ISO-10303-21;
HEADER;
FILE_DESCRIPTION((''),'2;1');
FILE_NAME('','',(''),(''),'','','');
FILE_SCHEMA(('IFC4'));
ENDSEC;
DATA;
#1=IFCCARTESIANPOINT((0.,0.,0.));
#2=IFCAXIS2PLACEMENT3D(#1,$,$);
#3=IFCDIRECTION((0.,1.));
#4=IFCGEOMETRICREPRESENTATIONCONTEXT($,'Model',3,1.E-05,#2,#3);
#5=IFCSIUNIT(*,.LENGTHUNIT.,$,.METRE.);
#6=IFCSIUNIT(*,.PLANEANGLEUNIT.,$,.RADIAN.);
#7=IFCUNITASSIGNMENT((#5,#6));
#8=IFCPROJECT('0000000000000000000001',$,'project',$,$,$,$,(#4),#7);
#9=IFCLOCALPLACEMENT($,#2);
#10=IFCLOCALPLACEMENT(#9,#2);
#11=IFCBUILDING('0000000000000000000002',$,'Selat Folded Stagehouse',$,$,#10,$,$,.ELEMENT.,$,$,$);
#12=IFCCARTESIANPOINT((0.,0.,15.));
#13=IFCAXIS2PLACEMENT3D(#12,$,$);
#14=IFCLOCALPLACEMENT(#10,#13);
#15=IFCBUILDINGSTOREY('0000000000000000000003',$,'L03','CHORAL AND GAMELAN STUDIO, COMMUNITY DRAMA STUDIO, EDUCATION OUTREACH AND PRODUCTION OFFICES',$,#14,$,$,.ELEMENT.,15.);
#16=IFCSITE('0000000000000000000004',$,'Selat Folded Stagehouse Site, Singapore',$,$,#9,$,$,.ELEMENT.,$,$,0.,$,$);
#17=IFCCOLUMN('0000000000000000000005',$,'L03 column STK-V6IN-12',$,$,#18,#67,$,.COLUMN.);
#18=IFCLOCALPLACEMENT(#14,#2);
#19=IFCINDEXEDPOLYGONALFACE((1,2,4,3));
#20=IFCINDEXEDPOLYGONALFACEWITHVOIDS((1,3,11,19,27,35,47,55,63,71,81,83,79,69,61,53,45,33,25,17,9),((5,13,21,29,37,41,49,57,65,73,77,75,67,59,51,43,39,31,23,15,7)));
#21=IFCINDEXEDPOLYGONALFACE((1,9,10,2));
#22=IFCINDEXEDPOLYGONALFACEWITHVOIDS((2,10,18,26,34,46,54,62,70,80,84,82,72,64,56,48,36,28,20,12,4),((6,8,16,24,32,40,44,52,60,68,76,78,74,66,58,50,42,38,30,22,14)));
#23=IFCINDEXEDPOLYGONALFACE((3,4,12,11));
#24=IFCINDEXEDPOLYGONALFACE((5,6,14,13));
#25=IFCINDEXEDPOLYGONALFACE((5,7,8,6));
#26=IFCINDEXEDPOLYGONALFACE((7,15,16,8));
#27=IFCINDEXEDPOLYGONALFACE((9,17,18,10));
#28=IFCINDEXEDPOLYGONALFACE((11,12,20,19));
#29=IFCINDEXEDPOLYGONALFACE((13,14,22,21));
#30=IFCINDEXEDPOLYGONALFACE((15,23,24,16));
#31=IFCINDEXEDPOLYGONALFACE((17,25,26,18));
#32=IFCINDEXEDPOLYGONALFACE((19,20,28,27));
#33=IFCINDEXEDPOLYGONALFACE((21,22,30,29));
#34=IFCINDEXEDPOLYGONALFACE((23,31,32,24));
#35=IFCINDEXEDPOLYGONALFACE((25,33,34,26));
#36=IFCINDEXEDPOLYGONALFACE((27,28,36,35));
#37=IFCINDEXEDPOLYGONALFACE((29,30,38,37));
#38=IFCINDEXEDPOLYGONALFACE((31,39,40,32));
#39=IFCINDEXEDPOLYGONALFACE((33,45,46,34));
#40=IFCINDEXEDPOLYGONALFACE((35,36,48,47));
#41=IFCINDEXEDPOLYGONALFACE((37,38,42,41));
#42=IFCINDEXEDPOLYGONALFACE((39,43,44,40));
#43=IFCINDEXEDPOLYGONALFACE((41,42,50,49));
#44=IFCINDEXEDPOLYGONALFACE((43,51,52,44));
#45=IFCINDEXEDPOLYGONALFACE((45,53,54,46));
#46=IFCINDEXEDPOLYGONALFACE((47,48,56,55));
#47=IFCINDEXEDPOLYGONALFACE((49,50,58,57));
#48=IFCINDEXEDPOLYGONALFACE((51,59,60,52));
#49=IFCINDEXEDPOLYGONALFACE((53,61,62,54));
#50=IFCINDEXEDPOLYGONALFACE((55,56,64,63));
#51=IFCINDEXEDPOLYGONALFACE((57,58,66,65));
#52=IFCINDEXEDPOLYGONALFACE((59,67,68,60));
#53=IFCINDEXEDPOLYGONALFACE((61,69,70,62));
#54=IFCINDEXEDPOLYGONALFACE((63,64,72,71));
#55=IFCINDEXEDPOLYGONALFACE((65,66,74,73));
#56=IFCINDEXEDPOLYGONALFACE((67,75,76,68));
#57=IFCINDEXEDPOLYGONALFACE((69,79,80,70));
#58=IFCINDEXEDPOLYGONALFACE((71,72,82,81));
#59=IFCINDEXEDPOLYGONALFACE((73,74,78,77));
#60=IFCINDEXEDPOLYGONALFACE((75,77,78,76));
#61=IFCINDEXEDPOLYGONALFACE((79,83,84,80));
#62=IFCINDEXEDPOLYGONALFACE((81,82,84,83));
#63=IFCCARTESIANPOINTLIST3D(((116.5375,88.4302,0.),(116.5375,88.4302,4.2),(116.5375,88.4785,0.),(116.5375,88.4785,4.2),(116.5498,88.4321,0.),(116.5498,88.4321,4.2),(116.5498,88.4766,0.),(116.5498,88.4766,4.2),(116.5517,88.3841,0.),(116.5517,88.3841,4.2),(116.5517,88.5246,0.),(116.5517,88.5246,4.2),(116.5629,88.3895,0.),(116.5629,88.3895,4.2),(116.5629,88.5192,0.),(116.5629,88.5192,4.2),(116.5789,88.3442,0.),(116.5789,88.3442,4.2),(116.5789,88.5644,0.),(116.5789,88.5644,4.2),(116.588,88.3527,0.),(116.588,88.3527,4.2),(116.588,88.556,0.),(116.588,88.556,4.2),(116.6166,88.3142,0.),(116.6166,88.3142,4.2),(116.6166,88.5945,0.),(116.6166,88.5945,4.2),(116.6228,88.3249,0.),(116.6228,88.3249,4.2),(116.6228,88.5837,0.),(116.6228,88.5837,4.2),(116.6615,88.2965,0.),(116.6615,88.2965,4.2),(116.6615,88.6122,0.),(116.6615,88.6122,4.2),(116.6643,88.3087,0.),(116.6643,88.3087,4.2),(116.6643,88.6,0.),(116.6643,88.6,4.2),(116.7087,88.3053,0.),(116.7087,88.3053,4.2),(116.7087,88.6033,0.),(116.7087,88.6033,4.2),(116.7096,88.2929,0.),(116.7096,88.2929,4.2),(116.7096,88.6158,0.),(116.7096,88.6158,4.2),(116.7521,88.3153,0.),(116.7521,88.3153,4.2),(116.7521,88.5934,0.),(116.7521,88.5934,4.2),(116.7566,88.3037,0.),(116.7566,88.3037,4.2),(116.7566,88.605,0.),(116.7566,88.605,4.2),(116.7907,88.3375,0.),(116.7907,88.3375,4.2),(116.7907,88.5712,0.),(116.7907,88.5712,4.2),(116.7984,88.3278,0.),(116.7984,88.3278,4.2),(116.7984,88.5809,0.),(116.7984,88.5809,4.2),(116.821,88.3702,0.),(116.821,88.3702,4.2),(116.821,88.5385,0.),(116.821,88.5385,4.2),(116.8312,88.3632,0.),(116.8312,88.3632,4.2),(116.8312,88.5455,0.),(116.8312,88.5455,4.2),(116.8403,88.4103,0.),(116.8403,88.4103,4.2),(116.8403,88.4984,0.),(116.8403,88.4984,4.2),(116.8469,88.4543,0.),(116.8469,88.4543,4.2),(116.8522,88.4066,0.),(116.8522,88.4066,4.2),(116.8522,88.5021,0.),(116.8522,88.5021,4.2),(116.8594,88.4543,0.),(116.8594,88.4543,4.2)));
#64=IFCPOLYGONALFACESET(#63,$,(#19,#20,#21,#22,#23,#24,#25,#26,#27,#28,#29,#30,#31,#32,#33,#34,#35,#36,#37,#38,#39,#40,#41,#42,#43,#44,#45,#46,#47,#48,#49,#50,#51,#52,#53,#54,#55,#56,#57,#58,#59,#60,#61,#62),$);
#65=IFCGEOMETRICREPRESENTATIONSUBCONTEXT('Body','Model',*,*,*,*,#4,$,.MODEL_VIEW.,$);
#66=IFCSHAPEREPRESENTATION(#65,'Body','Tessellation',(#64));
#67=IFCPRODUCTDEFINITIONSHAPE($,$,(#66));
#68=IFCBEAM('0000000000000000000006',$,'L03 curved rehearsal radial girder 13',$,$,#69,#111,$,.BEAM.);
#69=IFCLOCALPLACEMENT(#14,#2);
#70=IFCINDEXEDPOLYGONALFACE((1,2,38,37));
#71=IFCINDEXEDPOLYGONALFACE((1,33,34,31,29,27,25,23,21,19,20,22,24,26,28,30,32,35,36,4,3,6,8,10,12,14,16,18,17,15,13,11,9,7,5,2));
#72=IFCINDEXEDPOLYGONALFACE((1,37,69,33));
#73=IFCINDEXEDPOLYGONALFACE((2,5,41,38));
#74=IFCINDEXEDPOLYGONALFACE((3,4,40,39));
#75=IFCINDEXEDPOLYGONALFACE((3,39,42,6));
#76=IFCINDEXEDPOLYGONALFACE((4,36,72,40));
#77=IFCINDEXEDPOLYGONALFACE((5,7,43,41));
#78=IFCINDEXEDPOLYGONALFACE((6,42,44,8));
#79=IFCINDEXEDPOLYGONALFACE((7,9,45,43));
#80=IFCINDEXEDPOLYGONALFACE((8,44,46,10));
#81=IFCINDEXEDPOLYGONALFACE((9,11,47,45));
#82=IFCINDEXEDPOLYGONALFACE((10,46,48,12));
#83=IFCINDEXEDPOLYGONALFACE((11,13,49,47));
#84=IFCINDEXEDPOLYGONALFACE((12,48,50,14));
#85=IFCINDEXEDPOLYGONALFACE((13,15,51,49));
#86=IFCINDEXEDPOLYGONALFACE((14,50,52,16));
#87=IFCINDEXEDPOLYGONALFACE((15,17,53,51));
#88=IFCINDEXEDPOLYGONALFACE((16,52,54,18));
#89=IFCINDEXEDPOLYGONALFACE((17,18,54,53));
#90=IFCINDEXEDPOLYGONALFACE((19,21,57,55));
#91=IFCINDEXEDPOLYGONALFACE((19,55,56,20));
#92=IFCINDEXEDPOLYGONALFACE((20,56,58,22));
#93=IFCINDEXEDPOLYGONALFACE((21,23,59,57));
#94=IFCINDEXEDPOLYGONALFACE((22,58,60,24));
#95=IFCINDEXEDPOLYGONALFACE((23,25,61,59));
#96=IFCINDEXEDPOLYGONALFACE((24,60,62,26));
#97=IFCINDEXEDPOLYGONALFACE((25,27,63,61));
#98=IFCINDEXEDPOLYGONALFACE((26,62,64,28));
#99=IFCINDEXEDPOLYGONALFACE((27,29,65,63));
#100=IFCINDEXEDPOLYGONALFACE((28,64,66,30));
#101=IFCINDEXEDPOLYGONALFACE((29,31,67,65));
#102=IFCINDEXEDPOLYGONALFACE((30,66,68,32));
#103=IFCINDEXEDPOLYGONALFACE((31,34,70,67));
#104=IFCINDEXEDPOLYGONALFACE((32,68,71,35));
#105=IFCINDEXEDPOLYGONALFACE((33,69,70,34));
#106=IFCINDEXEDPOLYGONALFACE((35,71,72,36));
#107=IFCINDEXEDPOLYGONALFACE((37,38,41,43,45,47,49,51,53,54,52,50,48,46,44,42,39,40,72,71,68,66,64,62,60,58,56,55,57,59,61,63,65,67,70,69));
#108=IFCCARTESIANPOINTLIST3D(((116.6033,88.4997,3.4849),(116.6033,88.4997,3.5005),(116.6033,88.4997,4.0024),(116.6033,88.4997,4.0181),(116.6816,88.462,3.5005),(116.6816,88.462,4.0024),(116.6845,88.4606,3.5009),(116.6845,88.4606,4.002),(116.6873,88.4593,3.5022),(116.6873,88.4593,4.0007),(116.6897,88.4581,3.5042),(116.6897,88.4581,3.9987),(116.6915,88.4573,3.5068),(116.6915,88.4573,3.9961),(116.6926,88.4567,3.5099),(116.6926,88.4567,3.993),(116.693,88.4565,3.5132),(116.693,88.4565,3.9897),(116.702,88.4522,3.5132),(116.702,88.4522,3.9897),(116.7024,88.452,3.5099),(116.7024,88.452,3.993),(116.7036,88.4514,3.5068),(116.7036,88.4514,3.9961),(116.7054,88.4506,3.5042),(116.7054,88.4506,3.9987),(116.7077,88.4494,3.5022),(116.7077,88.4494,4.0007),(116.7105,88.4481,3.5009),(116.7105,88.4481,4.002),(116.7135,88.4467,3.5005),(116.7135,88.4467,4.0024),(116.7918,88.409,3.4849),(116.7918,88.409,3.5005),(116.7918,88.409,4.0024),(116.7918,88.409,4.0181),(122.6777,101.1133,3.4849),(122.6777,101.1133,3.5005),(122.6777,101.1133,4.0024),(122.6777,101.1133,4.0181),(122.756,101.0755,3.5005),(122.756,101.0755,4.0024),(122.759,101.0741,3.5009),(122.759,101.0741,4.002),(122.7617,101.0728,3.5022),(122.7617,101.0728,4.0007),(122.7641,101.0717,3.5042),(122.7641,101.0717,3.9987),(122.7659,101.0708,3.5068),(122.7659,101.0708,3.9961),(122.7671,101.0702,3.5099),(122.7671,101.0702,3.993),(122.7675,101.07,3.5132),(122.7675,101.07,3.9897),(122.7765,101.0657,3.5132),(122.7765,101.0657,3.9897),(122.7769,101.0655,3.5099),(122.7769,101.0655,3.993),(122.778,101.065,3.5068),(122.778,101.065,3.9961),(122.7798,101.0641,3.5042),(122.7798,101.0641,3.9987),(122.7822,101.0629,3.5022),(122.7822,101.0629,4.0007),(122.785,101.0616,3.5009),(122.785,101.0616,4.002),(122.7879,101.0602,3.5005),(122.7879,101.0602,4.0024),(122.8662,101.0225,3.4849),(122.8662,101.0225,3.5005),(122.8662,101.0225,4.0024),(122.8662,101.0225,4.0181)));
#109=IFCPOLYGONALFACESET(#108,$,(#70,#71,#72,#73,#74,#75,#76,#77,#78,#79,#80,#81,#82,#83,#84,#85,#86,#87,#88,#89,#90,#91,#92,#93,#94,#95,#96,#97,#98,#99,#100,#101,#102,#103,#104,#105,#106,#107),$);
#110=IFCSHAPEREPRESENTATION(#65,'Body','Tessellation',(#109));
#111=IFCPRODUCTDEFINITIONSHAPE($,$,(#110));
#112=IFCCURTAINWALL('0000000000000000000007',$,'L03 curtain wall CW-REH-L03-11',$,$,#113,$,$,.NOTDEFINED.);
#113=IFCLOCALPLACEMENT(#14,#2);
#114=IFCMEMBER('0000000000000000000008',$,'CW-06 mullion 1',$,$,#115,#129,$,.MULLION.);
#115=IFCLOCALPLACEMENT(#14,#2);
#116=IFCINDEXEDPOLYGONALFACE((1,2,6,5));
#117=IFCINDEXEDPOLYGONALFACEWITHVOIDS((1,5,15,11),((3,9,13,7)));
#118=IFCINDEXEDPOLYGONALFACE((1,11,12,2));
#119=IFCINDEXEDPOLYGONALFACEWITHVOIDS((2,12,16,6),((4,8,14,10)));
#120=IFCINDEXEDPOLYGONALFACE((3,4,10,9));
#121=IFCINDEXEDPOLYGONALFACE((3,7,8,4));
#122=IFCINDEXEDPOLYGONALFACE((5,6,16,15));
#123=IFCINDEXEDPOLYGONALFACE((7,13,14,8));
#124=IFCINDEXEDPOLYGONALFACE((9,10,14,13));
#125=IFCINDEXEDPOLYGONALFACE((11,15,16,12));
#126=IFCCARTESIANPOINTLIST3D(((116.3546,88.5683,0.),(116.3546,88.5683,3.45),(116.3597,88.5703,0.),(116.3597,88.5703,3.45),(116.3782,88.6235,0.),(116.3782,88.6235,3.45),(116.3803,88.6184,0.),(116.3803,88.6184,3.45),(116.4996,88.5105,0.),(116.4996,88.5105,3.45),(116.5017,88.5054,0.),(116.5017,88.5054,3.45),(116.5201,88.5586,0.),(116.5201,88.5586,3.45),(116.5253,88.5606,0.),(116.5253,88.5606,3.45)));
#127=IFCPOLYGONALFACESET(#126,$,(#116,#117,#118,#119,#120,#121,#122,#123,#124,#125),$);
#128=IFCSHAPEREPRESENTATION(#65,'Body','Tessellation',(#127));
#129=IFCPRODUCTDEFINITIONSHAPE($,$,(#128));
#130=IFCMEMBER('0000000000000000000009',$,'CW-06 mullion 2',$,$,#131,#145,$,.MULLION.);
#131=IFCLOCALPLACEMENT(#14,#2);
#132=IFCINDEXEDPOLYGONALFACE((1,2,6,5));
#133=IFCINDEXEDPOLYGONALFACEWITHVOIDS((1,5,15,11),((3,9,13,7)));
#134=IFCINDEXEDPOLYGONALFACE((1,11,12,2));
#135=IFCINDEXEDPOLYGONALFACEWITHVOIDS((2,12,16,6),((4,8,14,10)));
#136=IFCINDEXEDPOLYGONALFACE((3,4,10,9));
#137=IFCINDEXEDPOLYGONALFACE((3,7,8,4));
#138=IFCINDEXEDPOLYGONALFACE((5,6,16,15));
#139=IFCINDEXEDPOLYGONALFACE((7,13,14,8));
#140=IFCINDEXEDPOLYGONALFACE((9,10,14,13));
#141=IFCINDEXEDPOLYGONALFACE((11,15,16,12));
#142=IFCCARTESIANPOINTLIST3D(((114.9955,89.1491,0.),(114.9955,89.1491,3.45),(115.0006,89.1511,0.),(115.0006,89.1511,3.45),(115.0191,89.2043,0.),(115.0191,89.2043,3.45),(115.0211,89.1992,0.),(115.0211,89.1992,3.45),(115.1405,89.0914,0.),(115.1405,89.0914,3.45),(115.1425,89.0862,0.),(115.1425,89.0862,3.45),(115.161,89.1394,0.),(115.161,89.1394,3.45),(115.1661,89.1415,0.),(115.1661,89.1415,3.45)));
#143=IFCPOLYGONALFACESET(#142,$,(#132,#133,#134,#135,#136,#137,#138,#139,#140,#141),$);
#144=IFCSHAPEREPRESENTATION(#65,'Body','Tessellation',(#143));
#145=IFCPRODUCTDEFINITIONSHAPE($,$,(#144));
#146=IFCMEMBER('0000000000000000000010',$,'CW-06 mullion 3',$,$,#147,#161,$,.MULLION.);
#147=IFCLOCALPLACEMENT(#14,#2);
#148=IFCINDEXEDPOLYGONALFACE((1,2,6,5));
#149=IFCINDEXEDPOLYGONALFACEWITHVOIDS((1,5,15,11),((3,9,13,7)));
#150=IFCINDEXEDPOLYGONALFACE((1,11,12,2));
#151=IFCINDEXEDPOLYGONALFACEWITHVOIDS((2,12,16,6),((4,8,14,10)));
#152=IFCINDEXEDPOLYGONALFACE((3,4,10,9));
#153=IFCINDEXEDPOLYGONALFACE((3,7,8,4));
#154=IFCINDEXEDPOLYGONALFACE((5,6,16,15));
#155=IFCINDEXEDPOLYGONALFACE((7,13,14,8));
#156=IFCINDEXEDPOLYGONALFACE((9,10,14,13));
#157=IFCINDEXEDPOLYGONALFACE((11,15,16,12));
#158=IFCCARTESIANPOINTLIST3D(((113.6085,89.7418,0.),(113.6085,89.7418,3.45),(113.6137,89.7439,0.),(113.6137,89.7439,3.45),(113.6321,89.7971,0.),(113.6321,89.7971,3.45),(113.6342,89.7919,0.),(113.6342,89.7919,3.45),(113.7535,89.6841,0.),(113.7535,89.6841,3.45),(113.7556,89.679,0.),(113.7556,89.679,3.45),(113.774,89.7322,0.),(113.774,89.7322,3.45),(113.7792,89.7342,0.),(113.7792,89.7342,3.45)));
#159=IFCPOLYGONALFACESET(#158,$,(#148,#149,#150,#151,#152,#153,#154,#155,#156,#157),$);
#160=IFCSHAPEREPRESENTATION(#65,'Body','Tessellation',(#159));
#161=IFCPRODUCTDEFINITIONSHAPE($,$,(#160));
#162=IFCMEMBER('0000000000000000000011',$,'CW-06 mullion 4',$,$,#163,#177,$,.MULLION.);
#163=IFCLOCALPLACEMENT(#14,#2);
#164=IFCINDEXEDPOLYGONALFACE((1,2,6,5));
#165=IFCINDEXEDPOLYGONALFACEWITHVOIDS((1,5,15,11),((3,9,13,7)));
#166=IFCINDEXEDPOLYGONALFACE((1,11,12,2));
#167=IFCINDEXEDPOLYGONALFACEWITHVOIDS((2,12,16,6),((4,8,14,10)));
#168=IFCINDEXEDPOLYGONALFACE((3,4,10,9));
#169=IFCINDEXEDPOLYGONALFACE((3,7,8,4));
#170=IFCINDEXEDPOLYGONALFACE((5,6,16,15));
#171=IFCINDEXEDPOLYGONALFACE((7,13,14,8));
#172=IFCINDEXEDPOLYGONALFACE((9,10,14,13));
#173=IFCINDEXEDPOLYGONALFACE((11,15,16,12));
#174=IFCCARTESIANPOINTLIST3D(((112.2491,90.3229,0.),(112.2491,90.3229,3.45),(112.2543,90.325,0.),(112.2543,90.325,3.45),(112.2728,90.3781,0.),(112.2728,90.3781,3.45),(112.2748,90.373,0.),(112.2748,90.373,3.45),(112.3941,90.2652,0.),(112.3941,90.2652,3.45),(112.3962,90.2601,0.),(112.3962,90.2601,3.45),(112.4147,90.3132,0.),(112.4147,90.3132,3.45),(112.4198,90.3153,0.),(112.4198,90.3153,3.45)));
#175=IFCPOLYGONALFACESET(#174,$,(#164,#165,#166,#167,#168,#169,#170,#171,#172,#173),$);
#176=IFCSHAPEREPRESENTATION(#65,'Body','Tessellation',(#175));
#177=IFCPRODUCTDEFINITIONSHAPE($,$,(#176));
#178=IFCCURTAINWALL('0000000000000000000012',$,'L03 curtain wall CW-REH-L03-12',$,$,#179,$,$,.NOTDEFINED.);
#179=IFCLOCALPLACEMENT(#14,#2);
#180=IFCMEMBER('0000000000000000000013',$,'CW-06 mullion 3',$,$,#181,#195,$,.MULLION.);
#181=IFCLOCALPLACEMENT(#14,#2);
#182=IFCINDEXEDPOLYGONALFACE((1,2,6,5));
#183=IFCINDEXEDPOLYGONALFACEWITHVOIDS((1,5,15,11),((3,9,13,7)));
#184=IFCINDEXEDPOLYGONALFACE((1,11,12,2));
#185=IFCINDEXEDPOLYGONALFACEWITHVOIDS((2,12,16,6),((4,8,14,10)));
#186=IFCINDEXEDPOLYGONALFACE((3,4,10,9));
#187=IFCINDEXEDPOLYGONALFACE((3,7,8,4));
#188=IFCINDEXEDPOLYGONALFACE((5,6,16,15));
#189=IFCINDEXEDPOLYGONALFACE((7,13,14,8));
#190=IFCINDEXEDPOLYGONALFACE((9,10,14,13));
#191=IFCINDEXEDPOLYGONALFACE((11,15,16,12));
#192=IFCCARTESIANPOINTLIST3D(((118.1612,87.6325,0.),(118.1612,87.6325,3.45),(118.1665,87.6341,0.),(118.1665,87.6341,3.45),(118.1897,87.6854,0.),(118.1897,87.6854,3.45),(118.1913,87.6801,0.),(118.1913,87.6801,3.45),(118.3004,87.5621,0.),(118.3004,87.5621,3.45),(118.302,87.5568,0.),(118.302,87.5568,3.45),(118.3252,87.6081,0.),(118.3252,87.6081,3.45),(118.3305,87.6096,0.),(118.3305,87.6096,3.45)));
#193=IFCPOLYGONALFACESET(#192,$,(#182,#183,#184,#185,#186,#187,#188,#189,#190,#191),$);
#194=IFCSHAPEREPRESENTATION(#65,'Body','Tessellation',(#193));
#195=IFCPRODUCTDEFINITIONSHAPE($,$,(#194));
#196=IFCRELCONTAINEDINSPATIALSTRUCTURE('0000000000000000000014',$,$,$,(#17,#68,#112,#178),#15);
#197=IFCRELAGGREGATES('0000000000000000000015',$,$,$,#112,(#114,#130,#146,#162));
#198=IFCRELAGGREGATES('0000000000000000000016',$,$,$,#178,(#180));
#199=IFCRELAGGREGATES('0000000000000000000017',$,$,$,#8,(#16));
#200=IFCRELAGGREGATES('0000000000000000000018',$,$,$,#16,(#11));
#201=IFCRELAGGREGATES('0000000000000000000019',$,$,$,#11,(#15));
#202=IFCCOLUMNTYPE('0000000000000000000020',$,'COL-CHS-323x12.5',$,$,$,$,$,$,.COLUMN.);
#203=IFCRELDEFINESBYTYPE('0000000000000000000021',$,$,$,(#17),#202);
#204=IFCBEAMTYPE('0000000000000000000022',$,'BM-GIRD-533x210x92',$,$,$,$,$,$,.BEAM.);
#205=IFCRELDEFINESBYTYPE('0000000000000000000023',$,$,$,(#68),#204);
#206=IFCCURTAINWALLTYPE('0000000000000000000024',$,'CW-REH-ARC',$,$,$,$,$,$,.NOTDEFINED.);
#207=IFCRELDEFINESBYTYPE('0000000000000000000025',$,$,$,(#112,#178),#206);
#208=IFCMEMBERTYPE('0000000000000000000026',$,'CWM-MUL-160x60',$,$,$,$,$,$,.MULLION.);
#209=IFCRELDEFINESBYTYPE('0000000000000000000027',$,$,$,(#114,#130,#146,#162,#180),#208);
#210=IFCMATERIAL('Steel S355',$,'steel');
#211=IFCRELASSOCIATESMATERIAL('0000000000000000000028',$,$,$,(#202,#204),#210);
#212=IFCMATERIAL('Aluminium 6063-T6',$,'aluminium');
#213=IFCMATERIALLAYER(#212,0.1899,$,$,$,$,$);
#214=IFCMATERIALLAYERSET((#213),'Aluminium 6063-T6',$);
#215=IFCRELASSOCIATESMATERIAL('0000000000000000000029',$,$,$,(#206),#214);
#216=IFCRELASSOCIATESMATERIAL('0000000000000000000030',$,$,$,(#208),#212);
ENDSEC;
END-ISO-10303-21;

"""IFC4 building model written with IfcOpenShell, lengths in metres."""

from ifc_helpers import new_model, si_unit, direction, frame, origin, origin_2d, place, context, subcontext, project, spatial, hollow_rectangle, hollow_circle, i_section, extrude, material, layer, layer_set, material_profile, profile_set, type_object, element, aggregate, save


model = new_model("IFC4")

# Units and contexts
model_context = context("Model", 3, precision=1e-05, world=origin(), true_north=direction((0.0, 1.0)))
body_context = subcontext(model_context, "Body", "Model", "MODEL_VIEW")
ifc_project = project(units=[si_unit("LENGTHUNIT", "METRE"), si_unit("PLANEANGLEUNIT", "RADIAN")], contexts=[model_context])

# Site, building, storey
site_placement = place(None, origin())
site = spatial("IfcSite", under=ifc_project, at=site_placement, Name="Selat Folded Stagehouse Site, Singapore", CompositionType="ELEMENT", RefElevation=0.0)
building_placement = place(site_placement, origin())
building = spatial("IfcBuilding", under=site, at=building_placement, Name="Selat Folded Stagehouse", CompositionType="ELEMENT")
storey_placement = place(building_placement, frame((0.0, 0.0, 15.0)))
storey = spatial("IfcBuildingStorey", under=building, at=storey_placement, Name="L03", Description="CHORAL AND GAMELAN STUDIO, COMMUNITY DRAMA STUDIO, EDUCATION OUTREACH AND PRODUCTION OFFICES", CompositionType="ELEMENT", Elevation=15.0)

# Column
ifc_material_1 = material(Name="Steel S355", Category="steel")
ifc_material_profile_1 = material_profile(ifc_material_1, hollow_circle(Radius=0.1619, WallThickness=0.0125, at=origin_2d()), Name="CHS 323.9x12.5")
ifc_profile_set_1 = profile_set([ifc_material_profile_1], Name="Steel S355")
column_type = type_object("IfcColumnType", Name="COL-CHS-323x12.5", PredefinedType="COLUMN", material=ifc_profile_set_1)
column_placement = place(storey_placement, frame((116.6975, 88.4543, 0.0), z_axis=(0.0, 0.0, 1.0), x_axis=(1.0, 0.0, 0.0)))
element("IfcColumn", 1, at=column_placement, inside=storey, type_object=column_type, Name="L03 column STK-V6IN-12", PredefinedType="COLUMN", context=body_context, shape_type="SweptSolid", body=[
    extrude(hollow_circle(Radius=0.1619, WallThickness=0.0125, at=origin_2d()), origin(), (0.0, 0.0, 1.0), 4.2),
])

# Beam
ifc_material_profile_2 = material_profile(ifc_material_1, i_section(OverallWidth=0.2092, OverallDepth=0.5332, WebThickness=0.01, FlangeThickness=0.0156, FilletRadius=0.0127, at=origin_2d()), Name="UKB 533x210x92")
ifc_profile_set_2 = profile_set([ifc_material_profile_2], Name="Steel S355")
beam_type_1 = type_object("IfcBeamType", Name="BM-GIRD-533x210x92", PredefinedType="BEAM", material=ifc_profile_set_2)
beam_1_placement = place(storey_placement, frame((116.6975, 88.4543, 3.7515), z_axis=(0.43389, 0.900966, 0.0), x_axis=(-0.900966, 0.43389, 0.0)))
element("IfcBeam", 2, at=beam_1_placement, inside=storey, type_object=beam_type_1, Name="L03 curved rehearsal radial girder 13", PredefinedType="BEAM", context=body_context, shape_type="SweptSolid", body=[
    extrude(i_section(OverallWidth=0.2092, OverallDepth=0.5332, WebThickness=0.01, FlangeThickness=0.0156, FilletRadius=0.0127, at=origin_2d()), origin(), (0.0, 0.0, 1.0), 14.0),
])

# Curtain walls, members
ifc_material_2 = material(Name="Aluminium 6063-T6", Category="aluminium")
ifc_layer_1 = layer(ifc_material_2, 0.1899)
ifc_layer_set_1 = layer_set([ifc_layer_1], Name="Aluminium 6063-T6")
curtain_wall_type = type_object("IfcCurtainWallType", Name="CW-REH-ARC", PredefinedType="NOTDEFINED", material=ifc_layer_set_1)
curtain_wall_1_placement = place(storey_placement, origin())
curtain_wall_1 = element("IfcCurtainWall", 3, at=curtain_wall_1_placement, inside=storey, type_object=curtain_wall_type, Name="L03 curtain wall CW-REH-L03-11", PredefinedType="NOTDEFINED")
ifc_material_profile_3 = material_profile(ifc_material_2, hollow_rectangle(XDim=0.0601, YDim=0.1599, WallThickness=0.0039, at=origin_2d()), Name="ALU 160x60x4.0")
ifc_profile_set_3 = profile_set([ifc_material_profile_3], Name="Aluminium 6063-T6")
member_type_1 = type_object("IfcMemberType", Name="CWM-MUL-160x60", PredefinedType="MULLION", material=ifc_profile_set_3)
member_1_placement = place(storey_placement, frame((116.4399, 88.5645, 0.0), z_axis=(0.0, 0.0, 1.0), x_axis=(-0.393012, -0.919533, 0.0)))
member_1 = element("IfcMember", 4, at=member_1_placement, type_object=member_type_1, Name="CW-06 mullion 1", PredefinedType="MULLION", context=body_context, shape_type="SweptSolid", body=[
    extrude(hollow_rectangle(XDim=0.0601, YDim=0.1599, WallThickness=0.0039, at=origin_2d()), origin(), (0.0, 0.0, 1.0), 3.45),
])
member_2_placement = place(storey_placement, frame((115.0808, 89.1453, 0.0), z_axis=(0.0, 0.0, 1.0), x_axis=(-0.393012, -0.919533, 0.0)))
member_2 = element("IfcMember", 5, at=member_2_placement, type_object=member_type_1, Name="CW-06 mullion 2", PredefinedType="MULLION", context=body_context, shape_type="SweptSolid", body=[
    extrude(hollow_rectangle(XDim=0.0601, YDim=0.1599, WallThickness=0.0039, at=origin_2d()), origin(), (0.0, 0.0, 1.0), 3.45),
])
member_3_placement = place(storey_placement, frame((113.6938, 89.738, 0.0), z_axis=(0.0, 0.0, 1.0), x_axis=(-0.393012, -0.919533, 0.0)))
member_3 = element("IfcMember", 6, at=member_3_placement, type_object=member_type_1, Name="CW-06 mullion 3", PredefinedType="MULLION", context=body_context, shape_type="SweptSolid", body=[
    extrude(hollow_rectangle(XDim=0.0601, YDim=0.1599, WallThickness=0.0039, at=origin_2d()), origin(), (0.0, 0.0, 1.0), 3.45),
])
member_4_placement = place(storey_placement, frame((112.3345, 90.3191, 0.0), z_axis=(0.0, 0.0, 1.0), x_axis=(-0.393012, -0.919533, 0.0)))
member_4 = element("IfcMember", 7, at=member_4_placement, type_object=member_type_1, Name="CW-06 mullion 4", PredefinedType="MULLION", context=body_context, shape_type="SweptSolid", body=[
    extrude(hollow_rectangle(XDim=0.0601, YDim=0.1599, WallThickness=0.0039, at=origin_2d()), origin(), (0.0, 0.0, 1.0), 3.45),
])
curtain_wall_2_placement = place(storey_placement, origin())
curtain_wall_2 = element("IfcCurtainWall", 8, at=curtain_wall_2_placement, inside=storey, type_object=curtain_wall_type, Name="L03 curtain wall CW-REH-L03-12", PredefinedType="NOTDEFINED")
member_5_placement = place(storey_placement, frame((118.2458, 87.6211, 0.0), z_axis=(0.0, 0.0, 1.0), x_axis=(-0.473859, -0.880601, 0.0)))
member_5 = element("IfcMember", 9, at=member_5_placement, type_object=member_type_1, Name="CW-06 mullion 3", PredefinedType="MULLION", context=body_context, shape_type="SweptSolid", body=[
    extrude(hollow_rectangle(XDim=0.0601, YDim=0.1599, WallThickness=0.0039, at=origin_2d()), origin(), (0.0, 0.0, 1.0), 3.45),
])

aggregate(curtain_wall_1, [member_1, member_2, member_3, member_4])
aggregate(curtain_wall_2, [member_5])

save(model, "model.ifc")
